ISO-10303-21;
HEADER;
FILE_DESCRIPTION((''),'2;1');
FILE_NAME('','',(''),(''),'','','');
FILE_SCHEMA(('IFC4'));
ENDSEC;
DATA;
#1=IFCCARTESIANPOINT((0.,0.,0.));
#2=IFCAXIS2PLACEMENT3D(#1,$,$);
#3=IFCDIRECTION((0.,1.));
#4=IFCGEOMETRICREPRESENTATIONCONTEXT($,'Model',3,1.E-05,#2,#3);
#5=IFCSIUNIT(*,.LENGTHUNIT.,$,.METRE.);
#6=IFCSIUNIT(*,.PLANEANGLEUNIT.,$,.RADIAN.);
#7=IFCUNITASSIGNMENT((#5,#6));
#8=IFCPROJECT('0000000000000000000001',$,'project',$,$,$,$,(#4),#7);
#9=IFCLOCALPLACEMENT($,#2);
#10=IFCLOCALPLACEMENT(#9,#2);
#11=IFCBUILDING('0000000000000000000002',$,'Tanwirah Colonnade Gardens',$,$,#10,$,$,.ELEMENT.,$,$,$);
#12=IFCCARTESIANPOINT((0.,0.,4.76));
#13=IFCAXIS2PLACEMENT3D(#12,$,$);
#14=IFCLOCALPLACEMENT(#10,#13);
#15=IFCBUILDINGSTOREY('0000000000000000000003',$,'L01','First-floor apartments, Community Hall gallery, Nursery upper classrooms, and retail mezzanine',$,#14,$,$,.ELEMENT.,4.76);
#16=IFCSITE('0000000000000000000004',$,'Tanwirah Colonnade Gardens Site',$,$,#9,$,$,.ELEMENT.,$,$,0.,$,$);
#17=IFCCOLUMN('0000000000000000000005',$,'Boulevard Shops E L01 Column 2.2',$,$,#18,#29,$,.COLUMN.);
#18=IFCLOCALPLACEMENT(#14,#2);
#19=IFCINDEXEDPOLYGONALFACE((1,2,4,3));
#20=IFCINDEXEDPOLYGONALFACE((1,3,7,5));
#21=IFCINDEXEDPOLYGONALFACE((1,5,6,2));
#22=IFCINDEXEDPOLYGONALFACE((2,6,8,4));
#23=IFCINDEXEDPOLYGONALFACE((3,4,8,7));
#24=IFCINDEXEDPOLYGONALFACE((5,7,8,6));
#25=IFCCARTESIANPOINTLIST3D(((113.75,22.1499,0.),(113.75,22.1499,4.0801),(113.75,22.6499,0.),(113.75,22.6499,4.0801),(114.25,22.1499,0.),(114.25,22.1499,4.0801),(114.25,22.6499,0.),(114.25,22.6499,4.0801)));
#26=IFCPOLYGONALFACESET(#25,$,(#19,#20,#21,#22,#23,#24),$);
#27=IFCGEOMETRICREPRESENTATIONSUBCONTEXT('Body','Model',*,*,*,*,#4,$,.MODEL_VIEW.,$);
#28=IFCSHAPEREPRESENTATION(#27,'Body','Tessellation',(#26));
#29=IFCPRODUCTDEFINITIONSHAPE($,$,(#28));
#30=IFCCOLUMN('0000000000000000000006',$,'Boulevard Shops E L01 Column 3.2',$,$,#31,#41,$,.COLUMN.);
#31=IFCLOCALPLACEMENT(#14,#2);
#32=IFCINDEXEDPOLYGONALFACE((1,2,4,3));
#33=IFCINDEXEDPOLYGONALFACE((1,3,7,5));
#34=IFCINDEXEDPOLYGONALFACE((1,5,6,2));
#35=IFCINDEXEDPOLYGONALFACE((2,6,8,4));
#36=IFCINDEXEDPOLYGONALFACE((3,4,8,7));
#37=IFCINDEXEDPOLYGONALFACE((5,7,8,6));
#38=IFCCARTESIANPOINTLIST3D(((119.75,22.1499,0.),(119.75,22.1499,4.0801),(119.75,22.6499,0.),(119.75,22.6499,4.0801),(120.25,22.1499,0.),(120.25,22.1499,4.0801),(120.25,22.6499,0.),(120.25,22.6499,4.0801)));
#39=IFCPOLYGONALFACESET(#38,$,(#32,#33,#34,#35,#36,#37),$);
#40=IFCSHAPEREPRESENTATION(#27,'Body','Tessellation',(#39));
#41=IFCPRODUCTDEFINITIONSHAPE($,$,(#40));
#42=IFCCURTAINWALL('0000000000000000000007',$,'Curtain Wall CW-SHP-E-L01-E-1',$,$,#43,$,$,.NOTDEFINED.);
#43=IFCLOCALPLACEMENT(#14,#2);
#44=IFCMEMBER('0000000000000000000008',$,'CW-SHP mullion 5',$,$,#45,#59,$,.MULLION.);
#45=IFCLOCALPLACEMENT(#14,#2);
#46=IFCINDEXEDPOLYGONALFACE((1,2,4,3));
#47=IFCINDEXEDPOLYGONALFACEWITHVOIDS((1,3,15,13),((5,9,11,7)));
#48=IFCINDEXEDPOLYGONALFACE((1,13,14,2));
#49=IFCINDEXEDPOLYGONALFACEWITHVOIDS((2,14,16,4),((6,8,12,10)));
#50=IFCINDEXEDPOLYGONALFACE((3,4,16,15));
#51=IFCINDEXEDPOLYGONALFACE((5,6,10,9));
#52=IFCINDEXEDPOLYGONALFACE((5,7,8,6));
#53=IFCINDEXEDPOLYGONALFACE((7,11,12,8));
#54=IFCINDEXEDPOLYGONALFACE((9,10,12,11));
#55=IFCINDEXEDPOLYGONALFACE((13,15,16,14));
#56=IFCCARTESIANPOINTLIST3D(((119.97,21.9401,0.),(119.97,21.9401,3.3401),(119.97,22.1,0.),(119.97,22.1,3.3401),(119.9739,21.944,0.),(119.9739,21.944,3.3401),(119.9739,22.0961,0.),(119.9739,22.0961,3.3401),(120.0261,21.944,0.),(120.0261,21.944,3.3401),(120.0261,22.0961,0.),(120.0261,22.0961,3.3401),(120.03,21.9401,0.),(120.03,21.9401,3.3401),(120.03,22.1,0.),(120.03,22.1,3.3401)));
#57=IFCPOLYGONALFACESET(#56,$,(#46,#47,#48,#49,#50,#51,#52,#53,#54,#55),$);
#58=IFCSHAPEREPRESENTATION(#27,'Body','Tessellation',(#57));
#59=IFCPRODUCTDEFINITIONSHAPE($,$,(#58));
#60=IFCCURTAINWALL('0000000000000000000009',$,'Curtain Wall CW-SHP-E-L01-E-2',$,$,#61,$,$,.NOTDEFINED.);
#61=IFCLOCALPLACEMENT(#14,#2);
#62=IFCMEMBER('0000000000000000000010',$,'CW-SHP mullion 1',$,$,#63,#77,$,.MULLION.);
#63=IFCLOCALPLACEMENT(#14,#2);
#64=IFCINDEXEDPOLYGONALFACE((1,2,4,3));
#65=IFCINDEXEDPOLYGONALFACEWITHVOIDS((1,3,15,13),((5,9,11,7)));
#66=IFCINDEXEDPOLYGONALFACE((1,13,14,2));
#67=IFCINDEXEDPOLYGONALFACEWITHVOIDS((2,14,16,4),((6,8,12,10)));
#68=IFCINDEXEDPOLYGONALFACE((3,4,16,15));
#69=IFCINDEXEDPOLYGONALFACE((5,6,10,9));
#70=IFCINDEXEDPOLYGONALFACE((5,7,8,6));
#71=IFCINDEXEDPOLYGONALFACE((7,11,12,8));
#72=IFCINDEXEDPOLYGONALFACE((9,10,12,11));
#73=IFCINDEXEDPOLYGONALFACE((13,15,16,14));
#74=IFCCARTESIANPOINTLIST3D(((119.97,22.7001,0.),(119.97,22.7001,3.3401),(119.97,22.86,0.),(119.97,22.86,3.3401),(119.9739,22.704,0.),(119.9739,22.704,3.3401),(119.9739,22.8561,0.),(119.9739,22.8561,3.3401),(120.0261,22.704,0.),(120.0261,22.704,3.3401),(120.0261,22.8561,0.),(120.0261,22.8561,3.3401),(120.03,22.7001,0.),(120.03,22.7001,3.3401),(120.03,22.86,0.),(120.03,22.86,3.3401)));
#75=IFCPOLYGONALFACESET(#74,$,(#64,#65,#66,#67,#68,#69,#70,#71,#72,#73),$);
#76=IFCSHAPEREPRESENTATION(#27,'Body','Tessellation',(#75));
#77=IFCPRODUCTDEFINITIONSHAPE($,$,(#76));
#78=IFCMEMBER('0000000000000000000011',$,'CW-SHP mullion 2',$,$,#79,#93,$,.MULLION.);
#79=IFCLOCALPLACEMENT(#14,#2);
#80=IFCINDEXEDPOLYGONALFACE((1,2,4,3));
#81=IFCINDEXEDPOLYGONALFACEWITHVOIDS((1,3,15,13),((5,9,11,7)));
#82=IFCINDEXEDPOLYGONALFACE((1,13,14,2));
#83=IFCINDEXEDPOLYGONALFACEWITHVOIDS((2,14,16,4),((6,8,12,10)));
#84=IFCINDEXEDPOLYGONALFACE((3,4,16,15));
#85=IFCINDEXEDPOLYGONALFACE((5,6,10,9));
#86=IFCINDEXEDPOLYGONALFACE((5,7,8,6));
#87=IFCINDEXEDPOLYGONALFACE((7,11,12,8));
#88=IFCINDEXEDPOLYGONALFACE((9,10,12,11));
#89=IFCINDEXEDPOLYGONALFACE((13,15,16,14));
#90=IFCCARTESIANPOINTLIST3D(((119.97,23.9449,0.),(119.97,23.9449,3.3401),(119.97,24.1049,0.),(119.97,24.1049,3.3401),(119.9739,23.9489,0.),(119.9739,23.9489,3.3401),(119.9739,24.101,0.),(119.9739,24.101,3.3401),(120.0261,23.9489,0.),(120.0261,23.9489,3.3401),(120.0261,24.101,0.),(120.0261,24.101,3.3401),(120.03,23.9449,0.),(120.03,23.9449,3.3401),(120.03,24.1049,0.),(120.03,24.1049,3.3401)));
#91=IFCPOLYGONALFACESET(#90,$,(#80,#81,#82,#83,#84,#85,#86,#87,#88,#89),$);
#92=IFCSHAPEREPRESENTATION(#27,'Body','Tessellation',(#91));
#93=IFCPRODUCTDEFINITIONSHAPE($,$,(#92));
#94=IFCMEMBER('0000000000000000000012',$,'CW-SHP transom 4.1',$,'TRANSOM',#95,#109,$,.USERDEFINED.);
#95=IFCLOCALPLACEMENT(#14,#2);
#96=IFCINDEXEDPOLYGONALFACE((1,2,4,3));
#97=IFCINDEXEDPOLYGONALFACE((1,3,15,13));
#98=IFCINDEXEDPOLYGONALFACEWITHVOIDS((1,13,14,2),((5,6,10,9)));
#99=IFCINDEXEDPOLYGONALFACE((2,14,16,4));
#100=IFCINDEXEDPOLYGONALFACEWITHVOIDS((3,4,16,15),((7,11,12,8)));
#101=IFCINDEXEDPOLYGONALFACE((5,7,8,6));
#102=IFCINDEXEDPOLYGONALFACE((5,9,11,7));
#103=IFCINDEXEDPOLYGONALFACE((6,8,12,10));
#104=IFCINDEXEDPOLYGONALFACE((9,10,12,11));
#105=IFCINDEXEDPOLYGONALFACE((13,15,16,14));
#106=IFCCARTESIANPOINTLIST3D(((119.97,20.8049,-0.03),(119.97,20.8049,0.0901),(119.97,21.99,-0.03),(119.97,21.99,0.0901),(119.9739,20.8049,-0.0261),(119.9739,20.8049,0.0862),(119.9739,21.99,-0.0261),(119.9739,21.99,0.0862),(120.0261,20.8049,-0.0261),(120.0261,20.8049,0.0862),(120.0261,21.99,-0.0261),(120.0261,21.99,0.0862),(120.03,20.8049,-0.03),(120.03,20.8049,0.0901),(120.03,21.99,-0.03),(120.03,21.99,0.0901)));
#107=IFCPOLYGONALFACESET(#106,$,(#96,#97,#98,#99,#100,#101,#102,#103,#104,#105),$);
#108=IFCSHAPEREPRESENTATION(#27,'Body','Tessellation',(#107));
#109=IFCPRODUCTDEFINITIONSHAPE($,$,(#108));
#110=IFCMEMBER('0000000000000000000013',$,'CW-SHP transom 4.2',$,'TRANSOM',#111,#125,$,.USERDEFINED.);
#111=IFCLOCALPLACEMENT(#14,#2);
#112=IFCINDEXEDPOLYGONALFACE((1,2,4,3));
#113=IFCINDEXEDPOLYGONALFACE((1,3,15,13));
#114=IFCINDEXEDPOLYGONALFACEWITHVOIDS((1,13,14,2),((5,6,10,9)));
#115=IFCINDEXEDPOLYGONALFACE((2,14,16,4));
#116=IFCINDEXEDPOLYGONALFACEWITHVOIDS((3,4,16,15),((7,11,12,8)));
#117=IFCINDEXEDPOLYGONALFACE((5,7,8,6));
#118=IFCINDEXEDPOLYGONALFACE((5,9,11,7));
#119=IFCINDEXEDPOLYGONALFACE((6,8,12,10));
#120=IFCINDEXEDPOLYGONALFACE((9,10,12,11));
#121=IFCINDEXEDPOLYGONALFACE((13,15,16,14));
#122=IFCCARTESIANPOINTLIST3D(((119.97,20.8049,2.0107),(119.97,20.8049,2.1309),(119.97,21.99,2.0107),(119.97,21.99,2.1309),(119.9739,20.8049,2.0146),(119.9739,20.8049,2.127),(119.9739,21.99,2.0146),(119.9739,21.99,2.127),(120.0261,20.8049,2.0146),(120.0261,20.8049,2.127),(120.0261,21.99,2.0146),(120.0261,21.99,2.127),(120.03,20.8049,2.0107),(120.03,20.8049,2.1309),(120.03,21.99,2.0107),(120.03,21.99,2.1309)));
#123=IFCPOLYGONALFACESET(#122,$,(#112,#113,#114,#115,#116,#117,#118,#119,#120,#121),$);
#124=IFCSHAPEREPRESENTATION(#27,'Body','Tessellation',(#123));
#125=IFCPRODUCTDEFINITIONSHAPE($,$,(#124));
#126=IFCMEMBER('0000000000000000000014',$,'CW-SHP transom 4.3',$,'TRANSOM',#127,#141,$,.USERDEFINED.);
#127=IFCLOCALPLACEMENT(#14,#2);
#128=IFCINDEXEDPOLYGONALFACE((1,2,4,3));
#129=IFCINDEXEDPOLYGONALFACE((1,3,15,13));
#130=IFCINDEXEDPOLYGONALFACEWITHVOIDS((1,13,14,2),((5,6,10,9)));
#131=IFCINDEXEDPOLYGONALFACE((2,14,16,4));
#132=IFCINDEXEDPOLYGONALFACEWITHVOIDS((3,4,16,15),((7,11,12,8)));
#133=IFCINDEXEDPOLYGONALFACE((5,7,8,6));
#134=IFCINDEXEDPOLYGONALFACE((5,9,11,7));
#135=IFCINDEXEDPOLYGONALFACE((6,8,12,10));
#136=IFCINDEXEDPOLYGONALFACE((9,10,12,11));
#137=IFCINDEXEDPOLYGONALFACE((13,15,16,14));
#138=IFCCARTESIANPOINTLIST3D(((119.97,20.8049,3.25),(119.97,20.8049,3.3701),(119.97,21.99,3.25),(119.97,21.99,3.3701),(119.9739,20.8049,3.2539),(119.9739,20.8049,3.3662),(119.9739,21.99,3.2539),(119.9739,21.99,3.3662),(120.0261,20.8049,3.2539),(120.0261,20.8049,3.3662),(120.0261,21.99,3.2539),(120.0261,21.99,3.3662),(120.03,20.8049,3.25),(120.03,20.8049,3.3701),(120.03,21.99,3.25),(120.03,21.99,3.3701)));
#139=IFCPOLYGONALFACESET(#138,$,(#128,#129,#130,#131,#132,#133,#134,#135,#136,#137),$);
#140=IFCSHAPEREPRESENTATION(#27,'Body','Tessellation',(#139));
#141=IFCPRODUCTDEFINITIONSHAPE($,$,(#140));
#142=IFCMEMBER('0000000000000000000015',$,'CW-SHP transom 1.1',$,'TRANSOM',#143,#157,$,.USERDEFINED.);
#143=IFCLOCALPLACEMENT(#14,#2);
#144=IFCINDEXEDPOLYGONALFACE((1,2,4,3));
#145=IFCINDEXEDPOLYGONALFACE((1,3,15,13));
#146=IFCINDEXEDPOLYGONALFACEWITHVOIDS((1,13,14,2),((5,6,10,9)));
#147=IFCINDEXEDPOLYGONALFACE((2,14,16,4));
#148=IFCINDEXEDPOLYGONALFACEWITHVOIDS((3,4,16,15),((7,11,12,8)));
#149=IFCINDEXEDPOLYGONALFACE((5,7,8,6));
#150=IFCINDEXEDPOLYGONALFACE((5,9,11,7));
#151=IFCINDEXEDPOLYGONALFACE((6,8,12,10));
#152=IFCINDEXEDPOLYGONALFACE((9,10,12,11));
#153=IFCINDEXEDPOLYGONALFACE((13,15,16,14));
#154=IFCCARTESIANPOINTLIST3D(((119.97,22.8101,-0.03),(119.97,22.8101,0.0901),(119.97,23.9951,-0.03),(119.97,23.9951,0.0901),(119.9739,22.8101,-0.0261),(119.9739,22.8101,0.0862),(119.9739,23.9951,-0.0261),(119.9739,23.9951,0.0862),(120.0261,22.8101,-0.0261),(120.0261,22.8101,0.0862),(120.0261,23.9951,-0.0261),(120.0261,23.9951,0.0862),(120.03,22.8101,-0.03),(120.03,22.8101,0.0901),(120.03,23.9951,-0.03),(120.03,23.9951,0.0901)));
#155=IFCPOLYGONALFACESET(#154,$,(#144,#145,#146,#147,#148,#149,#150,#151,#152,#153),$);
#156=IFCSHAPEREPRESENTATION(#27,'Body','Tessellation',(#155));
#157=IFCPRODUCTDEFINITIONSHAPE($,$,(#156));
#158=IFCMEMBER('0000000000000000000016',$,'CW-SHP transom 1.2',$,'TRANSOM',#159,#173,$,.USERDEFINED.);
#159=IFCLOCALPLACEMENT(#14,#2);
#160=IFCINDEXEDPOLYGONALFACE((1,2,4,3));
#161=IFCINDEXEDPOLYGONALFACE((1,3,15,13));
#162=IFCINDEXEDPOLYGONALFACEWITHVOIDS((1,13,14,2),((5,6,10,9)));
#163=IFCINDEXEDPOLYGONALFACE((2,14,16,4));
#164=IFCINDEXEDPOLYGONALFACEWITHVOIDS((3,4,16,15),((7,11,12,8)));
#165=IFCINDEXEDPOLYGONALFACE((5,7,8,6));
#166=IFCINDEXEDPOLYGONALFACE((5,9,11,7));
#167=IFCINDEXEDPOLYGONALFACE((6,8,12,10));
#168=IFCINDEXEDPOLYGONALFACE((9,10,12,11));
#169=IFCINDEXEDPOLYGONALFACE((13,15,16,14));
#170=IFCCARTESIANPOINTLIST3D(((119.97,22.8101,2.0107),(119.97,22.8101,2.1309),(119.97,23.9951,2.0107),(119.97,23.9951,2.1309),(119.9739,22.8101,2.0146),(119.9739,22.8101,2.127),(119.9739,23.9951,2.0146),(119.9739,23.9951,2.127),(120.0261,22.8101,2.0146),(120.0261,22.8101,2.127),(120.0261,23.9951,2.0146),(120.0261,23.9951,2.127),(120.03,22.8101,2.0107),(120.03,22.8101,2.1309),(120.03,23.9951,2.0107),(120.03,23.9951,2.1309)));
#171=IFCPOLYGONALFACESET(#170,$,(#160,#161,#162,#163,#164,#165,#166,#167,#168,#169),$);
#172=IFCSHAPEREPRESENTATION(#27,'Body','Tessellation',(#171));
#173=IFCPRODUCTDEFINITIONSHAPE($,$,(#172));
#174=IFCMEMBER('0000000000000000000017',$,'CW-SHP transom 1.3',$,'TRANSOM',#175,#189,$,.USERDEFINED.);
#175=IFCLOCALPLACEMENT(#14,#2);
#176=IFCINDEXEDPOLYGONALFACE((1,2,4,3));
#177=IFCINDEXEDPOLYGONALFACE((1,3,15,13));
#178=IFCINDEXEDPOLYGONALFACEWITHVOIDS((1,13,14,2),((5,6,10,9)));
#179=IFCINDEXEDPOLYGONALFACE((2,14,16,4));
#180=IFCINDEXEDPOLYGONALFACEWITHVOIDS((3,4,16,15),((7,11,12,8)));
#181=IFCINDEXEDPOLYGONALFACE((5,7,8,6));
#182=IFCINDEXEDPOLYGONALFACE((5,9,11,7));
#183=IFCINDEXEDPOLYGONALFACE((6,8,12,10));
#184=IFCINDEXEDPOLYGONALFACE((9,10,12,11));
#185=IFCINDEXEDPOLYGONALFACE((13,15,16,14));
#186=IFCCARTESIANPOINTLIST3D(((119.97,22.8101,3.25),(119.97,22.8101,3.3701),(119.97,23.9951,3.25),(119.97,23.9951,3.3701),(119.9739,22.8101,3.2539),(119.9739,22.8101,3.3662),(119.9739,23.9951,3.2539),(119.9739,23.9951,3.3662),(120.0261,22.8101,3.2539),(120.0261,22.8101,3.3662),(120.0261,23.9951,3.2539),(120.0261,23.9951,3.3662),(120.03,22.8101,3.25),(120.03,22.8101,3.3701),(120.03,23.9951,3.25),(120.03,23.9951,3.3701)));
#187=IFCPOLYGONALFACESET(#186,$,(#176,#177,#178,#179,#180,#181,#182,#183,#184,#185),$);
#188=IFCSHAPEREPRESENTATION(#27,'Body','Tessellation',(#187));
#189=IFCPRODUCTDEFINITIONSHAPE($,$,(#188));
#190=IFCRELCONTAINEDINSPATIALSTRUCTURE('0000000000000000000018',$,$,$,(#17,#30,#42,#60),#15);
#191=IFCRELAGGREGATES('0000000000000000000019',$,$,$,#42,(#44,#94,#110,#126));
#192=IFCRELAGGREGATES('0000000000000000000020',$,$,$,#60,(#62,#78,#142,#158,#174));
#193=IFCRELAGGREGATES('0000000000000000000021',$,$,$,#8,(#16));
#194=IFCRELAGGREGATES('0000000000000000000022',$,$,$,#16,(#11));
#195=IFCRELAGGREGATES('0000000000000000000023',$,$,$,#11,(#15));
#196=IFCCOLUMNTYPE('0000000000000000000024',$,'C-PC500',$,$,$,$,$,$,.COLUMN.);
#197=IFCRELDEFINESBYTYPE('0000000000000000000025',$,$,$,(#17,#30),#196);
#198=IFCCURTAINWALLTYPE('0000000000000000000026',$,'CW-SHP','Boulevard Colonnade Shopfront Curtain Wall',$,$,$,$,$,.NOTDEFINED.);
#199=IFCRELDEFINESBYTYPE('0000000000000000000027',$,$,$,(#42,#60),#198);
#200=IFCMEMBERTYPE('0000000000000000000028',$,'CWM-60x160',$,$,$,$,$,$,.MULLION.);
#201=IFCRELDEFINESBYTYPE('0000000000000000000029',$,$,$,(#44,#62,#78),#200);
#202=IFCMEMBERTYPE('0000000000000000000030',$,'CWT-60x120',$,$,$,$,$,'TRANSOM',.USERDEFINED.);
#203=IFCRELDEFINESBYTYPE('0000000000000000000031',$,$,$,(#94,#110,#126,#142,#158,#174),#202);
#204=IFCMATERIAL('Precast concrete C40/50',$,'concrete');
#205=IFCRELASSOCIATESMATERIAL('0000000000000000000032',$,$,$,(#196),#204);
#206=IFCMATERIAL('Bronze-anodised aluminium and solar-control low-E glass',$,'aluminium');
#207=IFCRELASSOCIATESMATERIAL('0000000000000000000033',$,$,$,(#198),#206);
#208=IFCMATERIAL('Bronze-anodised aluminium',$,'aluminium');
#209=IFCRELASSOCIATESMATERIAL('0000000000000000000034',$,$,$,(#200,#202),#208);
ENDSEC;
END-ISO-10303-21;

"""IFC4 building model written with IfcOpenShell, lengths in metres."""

from ifc_helpers import new_model, si_unit, direction, frame, origin, origin_2d, place, context, subcontext, project, spatial, rectangle, hollow_rectangle, extrude, material, material_profile, profile_set, type_object, element, aggregate, save


model = new_model("IFC4")

# Units and contexts
model_context = context("Model", 3, precision=1e-05, world=origin(), true_north=direction((0.0, 1.0)))
body_context = subcontext(model_context, "Body", "Model", "MODEL_VIEW")
ifc_project = project(units=[si_unit("LENGTHUNIT", "METRE"), si_unit("PLANEANGLEUNIT", "RADIAN")], contexts=[model_context])

# Site, building, storey
site_placement = place(None, origin())
site = spatial("IfcSite", under=ifc_project, at=site_placement, Name="Tanwirah Colonnade Gardens Site", CompositionType="ELEMENT", RefElevation=0.0)
building_placement = place(site_placement, origin())
building = spatial("IfcBuilding", under=site, at=building_placement, Name="Tanwirah Colonnade Gardens", CompositionType="ELEMENT")
storey_placement = place(building_placement, frame((0.0, 0.0, 4.76)))
storey = spatial("IfcBuildingStorey", under=building, at=storey_placement, Name="L01", Description="First-floor apartments, Community Hall gallery, Nursery upper classrooms, and retail mezzanine", CompositionType="ELEMENT", Elevation=4.76)

# Columns
ifc_material_1 = material(Name="Precast concrete C40/50", Category="concrete")
ifc_material_profile_1 = material_profile(ifc_material_1, rectangle(XDim=0.5, YDim=0.5, at=origin_2d()), Name="PC-COL 500x500")
ifc_profile_set_1 = profile_set([ifc_material_profile_1], Name="Precast concrete C40/50")
column_type = type_object("IfcColumnType", Name="C-PC500", PredefinedType="COLUMN", material=ifc_profile_set_1)
for number, where, z_axis, x_axis, name in (
    (1, (114.0, 22.3999, 0.0), (0.0, 0.0, 1.0), (1.0, 0.0, 0.0), "Boulevard Shops E L01 Column 2.2"),
    (2, (120.0, 22.3999, 0.0), (0.0, 0.0, 1.0), (1.0, 0.0, 0.0), "Boulevard Shops E L01 Column 3.2"),
):
    element("IfcColumn", number, at=place(storey_placement, frame(where, z_axis=z_axis, x_axis=x_axis)), inside=storey, type_object=column_type, Name=name, PredefinedType="COLUMN", context=body_context, shape_type="SweptSolid", body=[
        extrude(rectangle(XDim=0.5, YDim=0.5, at=origin_2d()), origin(), (0.0, 0.0, 1.0), 4.0801),
    ])

# Curtain wall, member
ifc_material_2 = material(Name="Bronze-anodised aluminium and solar-control low-E glass", Category="aluminium")
curtain_wall_type = type_object("IfcCurtainWallType", Name="CW-SHP", Description="Boulevard Colonnade Shopfront Curtain Wall", PredefinedType="NOTDEFINED", material=ifc_material_2)
curtain_wall_1_placement = place(storey_placement, origin())
curtain_wall_1 = element("IfcCurtainWall", 3, at=curtain_wall_1_placement, inside=storey, type_object=curtain_wall_type, Name="Curtain Wall CW-SHP-E-L01-E-1", PredefinedType="NOTDEFINED")
ifc_material_3 = material(Name="Bronze-anodised aluminium", Category="aluminium")
ifc_material_profile_2 = material_profile(ifc_material_3, hollow_rectangle(XDim=0.0601, YDim=0.1599, WallThickness=0.0039, at=origin_2d()), Name="CW-MUL 60x160x4")
ifc_profile_set_2 = profile_set([ifc_material_profile_2], Name="Bronze-anodised aluminium")
member_type_1 = type_object("IfcMemberType", Name="CWM-60x160", PredefinedType="MULLION", material=ifc_profile_set_2)
member_1_placement = place(storey_placement, frame((120.0, 22.02, 0.0), z_axis=(0.0, 0.0, 1.0), x_axis=(-1.0, 0.0, 0.0)))
member_1 = element("IfcMember", 4, at=member_1_placement, type_object=member_type_1, Name="CW-SHP mullion 5", PredefinedType="MULLION", context=body_context, shape_type="SweptSolid", body=[
    extrude(hollow_rectangle(XDim=0.0601, YDim=0.1599, WallThickness=0.0039, at=origin_2d()), origin(), (0.0, 0.0, 1.0), 3.3401),
])

# Curtain wall, members
curtain_wall_2_placement = place(storey_placement, origin())
curtain_wall_2 = element("IfcCurtainWall", 5, at=curtain_wall_2_placement, inside=storey, type_object=curtain_wall_type, Name="Curtain Wall CW-SHP-E-L01-E-2", PredefinedType="NOTDEFINED")
member_2_placement = place(storey_placement, frame((120.0, 22.78, 0.0), z_axis=(0.0, 0.0, 1.0), x_axis=(-1.0, 0.0, 0.0)))
member_2 = element("IfcMember", 6, at=member_2_placement, type_object=member_type_1, Name="CW-SHP mullion 1", PredefinedType="MULLION", context=body_context, shape_type="SweptSolid", body=[
    extrude(hollow_rectangle(XDim=0.0601, YDim=0.1599, WallThickness=0.0039, at=origin_2d()), origin(), (0.0, 0.0, 1.0), 3.3401),
])
member_3_placement = place(storey_placement, frame((120.0, 24.0249, 0.0), z_axis=(0.0, 0.0, 1.0), x_axis=(-1.0, 0.0, 0.0)))
member_3 = element("IfcMember", 7, at=member_3_placement, type_object=member_type_1, Name="CW-SHP mullion 2", PredefinedType="MULLION", context=body_context, shape_type="SweptSolid", body=[
    extrude(hollow_rectangle(XDim=0.0601, YDim=0.1599, WallThickness=0.0039, at=origin_2d()), origin(), (0.0, 0.0, 1.0), 3.3401),
])

# Members
ifc_material_profile_3 = material_profile(ifc_material_3, hollow_rectangle(XDim=0.0601, YDim=0.1201, WallThickness=0.0039, at=origin_2d()), Name="CW-TRN 60x120x4")
ifc_profile_set_3 = profile_set([ifc_material_profile_3], Name="Bronze-anodised aluminium")
member_type_2 = type_object("IfcMemberType", Name="CWT-60x120", ElementType="TRANSOM", PredefinedType="USERDEFINED", material=ifc_profile_set_3)
member_4_placement = place(storey_placement, frame((120.0, 20.8049, 0.03), z_axis=(0.0, 1.0, 0.0), x_axis=(-1.0, 0.0, 0.0)))
member_4 = element("IfcMember", 8, at=member_4_placement, type_object=member_type_2, Name="CW-SHP transom 4.1", ObjectType="TRANSOM", PredefinedType="USERDEFINED", context=body_context, shape_type="SweptSolid", body=[
    extrude(hollow_rectangle(XDim=0.0601, YDim=0.1201, WallThickness=0.0039, at=origin_2d()), origin(), (0.0, 0.0, 1.0), 1.1851),
])
member_5_placement = place(storey_placement, frame((120.0, 20.8049, 2.0708), z_axis=(0.0, 1.0, 0.0), x_axis=(-1.0, 0.0, 0.0)))
member_5 = element("IfcMember", 9, at=member_5_placement, type_object=member_type_2, Name="CW-SHP transom 4.2", ObjectType="TRANSOM", PredefinedType="USERDEFINED", context=body_context, shape_type="SweptSolid", body=[
    extrude(hollow_rectangle(XDim=0.0601, YDim=0.1201, WallThickness=0.0039, at=origin_2d()), origin(), (0.0, 0.0, 1.0), 1.1851),
])
member_6_placement = place(storey_placement, frame((120.0, 20.8049, 3.3101), z_axis=(0.0, 1.0, 0.0), x_axis=(-1.0, 0.0, 0.0)))
member_6 = element("IfcMember", 10, at=member_6_placement, type_object=member_type_2, Name="CW-SHP transom 4.3", ObjectType="TRANSOM", PredefinedType="USERDEFINED", context=body_context, shape_type="SweptSolid", body=[
    extrude(hollow_rectangle(XDim=0.0601, YDim=0.1201, WallThickness=0.0039, at=origin_2d()), origin(), (0.0, 0.0, 1.0), 1.1851),
])
member_7_placement = place(storey_placement, frame((120.0, 22.8101, 0.03), z_axis=(0.0, 1.0, 0.0), x_axis=(-1.0, 0.0, 0.0)))
member_7 = element("IfcMember", 11, at=member_7_placement, type_object=member_type_2, Name="CW-SHP transom 1.1", ObjectType="TRANSOM", PredefinedType="USERDEFINED", context=body_context, shape_type="SweptSolid", body=[
    extrude(hollow_rectangle(XDim=0.0601, YDim=0.1201, WallThickness=0.0039, at=origin_2d()), origin(), (0.0, 0.0, 1.0), 1.1851),
])
member_8_placement = place(storey_placement, frame((120.0, 22.8101, 2.0708), z_axis=(0.0, 1.0, 0.0), x_axis=(-1.0, 0.0, 0.0)))
member_8 = element("IfcMember", 12, at=member_8_placement, type_object=member_type_2, Name="CW-SHP transom 1.2", ObjectType="TRANSOM", PredefinedType="USERDEFINED", context=body_context, shape_type="SweptSolid", body=[
    extrude(hollow_rectangle(XDim=0.0601, YDim=0.1201, WallThickness=0.0039, at=origin_2d()), origin(), (0.0, 0.0, 1.0), 1.1851),
])
member_9_placement = place(storey_placement, frame((120.0, 22.8101, 3.3101), z_axis=(0.0, 1.0, 0.0), x_axis=(-1.0, 0.0, 0.0)))
member_9 = element("IfcMember", 13, at=member_9_placement, type_object=member_type_2, Name="CW-SHP transom 1.3", ObjectType="TRANSOM", PredefinedType="USERDEFINED", context=body_context, shape_type="SweptSolid", body=[
    extrude(hollow_rectangle(XDim=0.0601, YDim=0.1201, WallThickness=0.0039, at=origin_2d()), origin(), (0.0, 0.0, 1.0), 1.1851),
])

aggregate(curtain_wall_1, [member_1, member_4, member_5, member_6])
aggregate(curtain_wall_2, [member_2, member_3, member_7, member_8, member_9])

save(model, "model.ifc")
